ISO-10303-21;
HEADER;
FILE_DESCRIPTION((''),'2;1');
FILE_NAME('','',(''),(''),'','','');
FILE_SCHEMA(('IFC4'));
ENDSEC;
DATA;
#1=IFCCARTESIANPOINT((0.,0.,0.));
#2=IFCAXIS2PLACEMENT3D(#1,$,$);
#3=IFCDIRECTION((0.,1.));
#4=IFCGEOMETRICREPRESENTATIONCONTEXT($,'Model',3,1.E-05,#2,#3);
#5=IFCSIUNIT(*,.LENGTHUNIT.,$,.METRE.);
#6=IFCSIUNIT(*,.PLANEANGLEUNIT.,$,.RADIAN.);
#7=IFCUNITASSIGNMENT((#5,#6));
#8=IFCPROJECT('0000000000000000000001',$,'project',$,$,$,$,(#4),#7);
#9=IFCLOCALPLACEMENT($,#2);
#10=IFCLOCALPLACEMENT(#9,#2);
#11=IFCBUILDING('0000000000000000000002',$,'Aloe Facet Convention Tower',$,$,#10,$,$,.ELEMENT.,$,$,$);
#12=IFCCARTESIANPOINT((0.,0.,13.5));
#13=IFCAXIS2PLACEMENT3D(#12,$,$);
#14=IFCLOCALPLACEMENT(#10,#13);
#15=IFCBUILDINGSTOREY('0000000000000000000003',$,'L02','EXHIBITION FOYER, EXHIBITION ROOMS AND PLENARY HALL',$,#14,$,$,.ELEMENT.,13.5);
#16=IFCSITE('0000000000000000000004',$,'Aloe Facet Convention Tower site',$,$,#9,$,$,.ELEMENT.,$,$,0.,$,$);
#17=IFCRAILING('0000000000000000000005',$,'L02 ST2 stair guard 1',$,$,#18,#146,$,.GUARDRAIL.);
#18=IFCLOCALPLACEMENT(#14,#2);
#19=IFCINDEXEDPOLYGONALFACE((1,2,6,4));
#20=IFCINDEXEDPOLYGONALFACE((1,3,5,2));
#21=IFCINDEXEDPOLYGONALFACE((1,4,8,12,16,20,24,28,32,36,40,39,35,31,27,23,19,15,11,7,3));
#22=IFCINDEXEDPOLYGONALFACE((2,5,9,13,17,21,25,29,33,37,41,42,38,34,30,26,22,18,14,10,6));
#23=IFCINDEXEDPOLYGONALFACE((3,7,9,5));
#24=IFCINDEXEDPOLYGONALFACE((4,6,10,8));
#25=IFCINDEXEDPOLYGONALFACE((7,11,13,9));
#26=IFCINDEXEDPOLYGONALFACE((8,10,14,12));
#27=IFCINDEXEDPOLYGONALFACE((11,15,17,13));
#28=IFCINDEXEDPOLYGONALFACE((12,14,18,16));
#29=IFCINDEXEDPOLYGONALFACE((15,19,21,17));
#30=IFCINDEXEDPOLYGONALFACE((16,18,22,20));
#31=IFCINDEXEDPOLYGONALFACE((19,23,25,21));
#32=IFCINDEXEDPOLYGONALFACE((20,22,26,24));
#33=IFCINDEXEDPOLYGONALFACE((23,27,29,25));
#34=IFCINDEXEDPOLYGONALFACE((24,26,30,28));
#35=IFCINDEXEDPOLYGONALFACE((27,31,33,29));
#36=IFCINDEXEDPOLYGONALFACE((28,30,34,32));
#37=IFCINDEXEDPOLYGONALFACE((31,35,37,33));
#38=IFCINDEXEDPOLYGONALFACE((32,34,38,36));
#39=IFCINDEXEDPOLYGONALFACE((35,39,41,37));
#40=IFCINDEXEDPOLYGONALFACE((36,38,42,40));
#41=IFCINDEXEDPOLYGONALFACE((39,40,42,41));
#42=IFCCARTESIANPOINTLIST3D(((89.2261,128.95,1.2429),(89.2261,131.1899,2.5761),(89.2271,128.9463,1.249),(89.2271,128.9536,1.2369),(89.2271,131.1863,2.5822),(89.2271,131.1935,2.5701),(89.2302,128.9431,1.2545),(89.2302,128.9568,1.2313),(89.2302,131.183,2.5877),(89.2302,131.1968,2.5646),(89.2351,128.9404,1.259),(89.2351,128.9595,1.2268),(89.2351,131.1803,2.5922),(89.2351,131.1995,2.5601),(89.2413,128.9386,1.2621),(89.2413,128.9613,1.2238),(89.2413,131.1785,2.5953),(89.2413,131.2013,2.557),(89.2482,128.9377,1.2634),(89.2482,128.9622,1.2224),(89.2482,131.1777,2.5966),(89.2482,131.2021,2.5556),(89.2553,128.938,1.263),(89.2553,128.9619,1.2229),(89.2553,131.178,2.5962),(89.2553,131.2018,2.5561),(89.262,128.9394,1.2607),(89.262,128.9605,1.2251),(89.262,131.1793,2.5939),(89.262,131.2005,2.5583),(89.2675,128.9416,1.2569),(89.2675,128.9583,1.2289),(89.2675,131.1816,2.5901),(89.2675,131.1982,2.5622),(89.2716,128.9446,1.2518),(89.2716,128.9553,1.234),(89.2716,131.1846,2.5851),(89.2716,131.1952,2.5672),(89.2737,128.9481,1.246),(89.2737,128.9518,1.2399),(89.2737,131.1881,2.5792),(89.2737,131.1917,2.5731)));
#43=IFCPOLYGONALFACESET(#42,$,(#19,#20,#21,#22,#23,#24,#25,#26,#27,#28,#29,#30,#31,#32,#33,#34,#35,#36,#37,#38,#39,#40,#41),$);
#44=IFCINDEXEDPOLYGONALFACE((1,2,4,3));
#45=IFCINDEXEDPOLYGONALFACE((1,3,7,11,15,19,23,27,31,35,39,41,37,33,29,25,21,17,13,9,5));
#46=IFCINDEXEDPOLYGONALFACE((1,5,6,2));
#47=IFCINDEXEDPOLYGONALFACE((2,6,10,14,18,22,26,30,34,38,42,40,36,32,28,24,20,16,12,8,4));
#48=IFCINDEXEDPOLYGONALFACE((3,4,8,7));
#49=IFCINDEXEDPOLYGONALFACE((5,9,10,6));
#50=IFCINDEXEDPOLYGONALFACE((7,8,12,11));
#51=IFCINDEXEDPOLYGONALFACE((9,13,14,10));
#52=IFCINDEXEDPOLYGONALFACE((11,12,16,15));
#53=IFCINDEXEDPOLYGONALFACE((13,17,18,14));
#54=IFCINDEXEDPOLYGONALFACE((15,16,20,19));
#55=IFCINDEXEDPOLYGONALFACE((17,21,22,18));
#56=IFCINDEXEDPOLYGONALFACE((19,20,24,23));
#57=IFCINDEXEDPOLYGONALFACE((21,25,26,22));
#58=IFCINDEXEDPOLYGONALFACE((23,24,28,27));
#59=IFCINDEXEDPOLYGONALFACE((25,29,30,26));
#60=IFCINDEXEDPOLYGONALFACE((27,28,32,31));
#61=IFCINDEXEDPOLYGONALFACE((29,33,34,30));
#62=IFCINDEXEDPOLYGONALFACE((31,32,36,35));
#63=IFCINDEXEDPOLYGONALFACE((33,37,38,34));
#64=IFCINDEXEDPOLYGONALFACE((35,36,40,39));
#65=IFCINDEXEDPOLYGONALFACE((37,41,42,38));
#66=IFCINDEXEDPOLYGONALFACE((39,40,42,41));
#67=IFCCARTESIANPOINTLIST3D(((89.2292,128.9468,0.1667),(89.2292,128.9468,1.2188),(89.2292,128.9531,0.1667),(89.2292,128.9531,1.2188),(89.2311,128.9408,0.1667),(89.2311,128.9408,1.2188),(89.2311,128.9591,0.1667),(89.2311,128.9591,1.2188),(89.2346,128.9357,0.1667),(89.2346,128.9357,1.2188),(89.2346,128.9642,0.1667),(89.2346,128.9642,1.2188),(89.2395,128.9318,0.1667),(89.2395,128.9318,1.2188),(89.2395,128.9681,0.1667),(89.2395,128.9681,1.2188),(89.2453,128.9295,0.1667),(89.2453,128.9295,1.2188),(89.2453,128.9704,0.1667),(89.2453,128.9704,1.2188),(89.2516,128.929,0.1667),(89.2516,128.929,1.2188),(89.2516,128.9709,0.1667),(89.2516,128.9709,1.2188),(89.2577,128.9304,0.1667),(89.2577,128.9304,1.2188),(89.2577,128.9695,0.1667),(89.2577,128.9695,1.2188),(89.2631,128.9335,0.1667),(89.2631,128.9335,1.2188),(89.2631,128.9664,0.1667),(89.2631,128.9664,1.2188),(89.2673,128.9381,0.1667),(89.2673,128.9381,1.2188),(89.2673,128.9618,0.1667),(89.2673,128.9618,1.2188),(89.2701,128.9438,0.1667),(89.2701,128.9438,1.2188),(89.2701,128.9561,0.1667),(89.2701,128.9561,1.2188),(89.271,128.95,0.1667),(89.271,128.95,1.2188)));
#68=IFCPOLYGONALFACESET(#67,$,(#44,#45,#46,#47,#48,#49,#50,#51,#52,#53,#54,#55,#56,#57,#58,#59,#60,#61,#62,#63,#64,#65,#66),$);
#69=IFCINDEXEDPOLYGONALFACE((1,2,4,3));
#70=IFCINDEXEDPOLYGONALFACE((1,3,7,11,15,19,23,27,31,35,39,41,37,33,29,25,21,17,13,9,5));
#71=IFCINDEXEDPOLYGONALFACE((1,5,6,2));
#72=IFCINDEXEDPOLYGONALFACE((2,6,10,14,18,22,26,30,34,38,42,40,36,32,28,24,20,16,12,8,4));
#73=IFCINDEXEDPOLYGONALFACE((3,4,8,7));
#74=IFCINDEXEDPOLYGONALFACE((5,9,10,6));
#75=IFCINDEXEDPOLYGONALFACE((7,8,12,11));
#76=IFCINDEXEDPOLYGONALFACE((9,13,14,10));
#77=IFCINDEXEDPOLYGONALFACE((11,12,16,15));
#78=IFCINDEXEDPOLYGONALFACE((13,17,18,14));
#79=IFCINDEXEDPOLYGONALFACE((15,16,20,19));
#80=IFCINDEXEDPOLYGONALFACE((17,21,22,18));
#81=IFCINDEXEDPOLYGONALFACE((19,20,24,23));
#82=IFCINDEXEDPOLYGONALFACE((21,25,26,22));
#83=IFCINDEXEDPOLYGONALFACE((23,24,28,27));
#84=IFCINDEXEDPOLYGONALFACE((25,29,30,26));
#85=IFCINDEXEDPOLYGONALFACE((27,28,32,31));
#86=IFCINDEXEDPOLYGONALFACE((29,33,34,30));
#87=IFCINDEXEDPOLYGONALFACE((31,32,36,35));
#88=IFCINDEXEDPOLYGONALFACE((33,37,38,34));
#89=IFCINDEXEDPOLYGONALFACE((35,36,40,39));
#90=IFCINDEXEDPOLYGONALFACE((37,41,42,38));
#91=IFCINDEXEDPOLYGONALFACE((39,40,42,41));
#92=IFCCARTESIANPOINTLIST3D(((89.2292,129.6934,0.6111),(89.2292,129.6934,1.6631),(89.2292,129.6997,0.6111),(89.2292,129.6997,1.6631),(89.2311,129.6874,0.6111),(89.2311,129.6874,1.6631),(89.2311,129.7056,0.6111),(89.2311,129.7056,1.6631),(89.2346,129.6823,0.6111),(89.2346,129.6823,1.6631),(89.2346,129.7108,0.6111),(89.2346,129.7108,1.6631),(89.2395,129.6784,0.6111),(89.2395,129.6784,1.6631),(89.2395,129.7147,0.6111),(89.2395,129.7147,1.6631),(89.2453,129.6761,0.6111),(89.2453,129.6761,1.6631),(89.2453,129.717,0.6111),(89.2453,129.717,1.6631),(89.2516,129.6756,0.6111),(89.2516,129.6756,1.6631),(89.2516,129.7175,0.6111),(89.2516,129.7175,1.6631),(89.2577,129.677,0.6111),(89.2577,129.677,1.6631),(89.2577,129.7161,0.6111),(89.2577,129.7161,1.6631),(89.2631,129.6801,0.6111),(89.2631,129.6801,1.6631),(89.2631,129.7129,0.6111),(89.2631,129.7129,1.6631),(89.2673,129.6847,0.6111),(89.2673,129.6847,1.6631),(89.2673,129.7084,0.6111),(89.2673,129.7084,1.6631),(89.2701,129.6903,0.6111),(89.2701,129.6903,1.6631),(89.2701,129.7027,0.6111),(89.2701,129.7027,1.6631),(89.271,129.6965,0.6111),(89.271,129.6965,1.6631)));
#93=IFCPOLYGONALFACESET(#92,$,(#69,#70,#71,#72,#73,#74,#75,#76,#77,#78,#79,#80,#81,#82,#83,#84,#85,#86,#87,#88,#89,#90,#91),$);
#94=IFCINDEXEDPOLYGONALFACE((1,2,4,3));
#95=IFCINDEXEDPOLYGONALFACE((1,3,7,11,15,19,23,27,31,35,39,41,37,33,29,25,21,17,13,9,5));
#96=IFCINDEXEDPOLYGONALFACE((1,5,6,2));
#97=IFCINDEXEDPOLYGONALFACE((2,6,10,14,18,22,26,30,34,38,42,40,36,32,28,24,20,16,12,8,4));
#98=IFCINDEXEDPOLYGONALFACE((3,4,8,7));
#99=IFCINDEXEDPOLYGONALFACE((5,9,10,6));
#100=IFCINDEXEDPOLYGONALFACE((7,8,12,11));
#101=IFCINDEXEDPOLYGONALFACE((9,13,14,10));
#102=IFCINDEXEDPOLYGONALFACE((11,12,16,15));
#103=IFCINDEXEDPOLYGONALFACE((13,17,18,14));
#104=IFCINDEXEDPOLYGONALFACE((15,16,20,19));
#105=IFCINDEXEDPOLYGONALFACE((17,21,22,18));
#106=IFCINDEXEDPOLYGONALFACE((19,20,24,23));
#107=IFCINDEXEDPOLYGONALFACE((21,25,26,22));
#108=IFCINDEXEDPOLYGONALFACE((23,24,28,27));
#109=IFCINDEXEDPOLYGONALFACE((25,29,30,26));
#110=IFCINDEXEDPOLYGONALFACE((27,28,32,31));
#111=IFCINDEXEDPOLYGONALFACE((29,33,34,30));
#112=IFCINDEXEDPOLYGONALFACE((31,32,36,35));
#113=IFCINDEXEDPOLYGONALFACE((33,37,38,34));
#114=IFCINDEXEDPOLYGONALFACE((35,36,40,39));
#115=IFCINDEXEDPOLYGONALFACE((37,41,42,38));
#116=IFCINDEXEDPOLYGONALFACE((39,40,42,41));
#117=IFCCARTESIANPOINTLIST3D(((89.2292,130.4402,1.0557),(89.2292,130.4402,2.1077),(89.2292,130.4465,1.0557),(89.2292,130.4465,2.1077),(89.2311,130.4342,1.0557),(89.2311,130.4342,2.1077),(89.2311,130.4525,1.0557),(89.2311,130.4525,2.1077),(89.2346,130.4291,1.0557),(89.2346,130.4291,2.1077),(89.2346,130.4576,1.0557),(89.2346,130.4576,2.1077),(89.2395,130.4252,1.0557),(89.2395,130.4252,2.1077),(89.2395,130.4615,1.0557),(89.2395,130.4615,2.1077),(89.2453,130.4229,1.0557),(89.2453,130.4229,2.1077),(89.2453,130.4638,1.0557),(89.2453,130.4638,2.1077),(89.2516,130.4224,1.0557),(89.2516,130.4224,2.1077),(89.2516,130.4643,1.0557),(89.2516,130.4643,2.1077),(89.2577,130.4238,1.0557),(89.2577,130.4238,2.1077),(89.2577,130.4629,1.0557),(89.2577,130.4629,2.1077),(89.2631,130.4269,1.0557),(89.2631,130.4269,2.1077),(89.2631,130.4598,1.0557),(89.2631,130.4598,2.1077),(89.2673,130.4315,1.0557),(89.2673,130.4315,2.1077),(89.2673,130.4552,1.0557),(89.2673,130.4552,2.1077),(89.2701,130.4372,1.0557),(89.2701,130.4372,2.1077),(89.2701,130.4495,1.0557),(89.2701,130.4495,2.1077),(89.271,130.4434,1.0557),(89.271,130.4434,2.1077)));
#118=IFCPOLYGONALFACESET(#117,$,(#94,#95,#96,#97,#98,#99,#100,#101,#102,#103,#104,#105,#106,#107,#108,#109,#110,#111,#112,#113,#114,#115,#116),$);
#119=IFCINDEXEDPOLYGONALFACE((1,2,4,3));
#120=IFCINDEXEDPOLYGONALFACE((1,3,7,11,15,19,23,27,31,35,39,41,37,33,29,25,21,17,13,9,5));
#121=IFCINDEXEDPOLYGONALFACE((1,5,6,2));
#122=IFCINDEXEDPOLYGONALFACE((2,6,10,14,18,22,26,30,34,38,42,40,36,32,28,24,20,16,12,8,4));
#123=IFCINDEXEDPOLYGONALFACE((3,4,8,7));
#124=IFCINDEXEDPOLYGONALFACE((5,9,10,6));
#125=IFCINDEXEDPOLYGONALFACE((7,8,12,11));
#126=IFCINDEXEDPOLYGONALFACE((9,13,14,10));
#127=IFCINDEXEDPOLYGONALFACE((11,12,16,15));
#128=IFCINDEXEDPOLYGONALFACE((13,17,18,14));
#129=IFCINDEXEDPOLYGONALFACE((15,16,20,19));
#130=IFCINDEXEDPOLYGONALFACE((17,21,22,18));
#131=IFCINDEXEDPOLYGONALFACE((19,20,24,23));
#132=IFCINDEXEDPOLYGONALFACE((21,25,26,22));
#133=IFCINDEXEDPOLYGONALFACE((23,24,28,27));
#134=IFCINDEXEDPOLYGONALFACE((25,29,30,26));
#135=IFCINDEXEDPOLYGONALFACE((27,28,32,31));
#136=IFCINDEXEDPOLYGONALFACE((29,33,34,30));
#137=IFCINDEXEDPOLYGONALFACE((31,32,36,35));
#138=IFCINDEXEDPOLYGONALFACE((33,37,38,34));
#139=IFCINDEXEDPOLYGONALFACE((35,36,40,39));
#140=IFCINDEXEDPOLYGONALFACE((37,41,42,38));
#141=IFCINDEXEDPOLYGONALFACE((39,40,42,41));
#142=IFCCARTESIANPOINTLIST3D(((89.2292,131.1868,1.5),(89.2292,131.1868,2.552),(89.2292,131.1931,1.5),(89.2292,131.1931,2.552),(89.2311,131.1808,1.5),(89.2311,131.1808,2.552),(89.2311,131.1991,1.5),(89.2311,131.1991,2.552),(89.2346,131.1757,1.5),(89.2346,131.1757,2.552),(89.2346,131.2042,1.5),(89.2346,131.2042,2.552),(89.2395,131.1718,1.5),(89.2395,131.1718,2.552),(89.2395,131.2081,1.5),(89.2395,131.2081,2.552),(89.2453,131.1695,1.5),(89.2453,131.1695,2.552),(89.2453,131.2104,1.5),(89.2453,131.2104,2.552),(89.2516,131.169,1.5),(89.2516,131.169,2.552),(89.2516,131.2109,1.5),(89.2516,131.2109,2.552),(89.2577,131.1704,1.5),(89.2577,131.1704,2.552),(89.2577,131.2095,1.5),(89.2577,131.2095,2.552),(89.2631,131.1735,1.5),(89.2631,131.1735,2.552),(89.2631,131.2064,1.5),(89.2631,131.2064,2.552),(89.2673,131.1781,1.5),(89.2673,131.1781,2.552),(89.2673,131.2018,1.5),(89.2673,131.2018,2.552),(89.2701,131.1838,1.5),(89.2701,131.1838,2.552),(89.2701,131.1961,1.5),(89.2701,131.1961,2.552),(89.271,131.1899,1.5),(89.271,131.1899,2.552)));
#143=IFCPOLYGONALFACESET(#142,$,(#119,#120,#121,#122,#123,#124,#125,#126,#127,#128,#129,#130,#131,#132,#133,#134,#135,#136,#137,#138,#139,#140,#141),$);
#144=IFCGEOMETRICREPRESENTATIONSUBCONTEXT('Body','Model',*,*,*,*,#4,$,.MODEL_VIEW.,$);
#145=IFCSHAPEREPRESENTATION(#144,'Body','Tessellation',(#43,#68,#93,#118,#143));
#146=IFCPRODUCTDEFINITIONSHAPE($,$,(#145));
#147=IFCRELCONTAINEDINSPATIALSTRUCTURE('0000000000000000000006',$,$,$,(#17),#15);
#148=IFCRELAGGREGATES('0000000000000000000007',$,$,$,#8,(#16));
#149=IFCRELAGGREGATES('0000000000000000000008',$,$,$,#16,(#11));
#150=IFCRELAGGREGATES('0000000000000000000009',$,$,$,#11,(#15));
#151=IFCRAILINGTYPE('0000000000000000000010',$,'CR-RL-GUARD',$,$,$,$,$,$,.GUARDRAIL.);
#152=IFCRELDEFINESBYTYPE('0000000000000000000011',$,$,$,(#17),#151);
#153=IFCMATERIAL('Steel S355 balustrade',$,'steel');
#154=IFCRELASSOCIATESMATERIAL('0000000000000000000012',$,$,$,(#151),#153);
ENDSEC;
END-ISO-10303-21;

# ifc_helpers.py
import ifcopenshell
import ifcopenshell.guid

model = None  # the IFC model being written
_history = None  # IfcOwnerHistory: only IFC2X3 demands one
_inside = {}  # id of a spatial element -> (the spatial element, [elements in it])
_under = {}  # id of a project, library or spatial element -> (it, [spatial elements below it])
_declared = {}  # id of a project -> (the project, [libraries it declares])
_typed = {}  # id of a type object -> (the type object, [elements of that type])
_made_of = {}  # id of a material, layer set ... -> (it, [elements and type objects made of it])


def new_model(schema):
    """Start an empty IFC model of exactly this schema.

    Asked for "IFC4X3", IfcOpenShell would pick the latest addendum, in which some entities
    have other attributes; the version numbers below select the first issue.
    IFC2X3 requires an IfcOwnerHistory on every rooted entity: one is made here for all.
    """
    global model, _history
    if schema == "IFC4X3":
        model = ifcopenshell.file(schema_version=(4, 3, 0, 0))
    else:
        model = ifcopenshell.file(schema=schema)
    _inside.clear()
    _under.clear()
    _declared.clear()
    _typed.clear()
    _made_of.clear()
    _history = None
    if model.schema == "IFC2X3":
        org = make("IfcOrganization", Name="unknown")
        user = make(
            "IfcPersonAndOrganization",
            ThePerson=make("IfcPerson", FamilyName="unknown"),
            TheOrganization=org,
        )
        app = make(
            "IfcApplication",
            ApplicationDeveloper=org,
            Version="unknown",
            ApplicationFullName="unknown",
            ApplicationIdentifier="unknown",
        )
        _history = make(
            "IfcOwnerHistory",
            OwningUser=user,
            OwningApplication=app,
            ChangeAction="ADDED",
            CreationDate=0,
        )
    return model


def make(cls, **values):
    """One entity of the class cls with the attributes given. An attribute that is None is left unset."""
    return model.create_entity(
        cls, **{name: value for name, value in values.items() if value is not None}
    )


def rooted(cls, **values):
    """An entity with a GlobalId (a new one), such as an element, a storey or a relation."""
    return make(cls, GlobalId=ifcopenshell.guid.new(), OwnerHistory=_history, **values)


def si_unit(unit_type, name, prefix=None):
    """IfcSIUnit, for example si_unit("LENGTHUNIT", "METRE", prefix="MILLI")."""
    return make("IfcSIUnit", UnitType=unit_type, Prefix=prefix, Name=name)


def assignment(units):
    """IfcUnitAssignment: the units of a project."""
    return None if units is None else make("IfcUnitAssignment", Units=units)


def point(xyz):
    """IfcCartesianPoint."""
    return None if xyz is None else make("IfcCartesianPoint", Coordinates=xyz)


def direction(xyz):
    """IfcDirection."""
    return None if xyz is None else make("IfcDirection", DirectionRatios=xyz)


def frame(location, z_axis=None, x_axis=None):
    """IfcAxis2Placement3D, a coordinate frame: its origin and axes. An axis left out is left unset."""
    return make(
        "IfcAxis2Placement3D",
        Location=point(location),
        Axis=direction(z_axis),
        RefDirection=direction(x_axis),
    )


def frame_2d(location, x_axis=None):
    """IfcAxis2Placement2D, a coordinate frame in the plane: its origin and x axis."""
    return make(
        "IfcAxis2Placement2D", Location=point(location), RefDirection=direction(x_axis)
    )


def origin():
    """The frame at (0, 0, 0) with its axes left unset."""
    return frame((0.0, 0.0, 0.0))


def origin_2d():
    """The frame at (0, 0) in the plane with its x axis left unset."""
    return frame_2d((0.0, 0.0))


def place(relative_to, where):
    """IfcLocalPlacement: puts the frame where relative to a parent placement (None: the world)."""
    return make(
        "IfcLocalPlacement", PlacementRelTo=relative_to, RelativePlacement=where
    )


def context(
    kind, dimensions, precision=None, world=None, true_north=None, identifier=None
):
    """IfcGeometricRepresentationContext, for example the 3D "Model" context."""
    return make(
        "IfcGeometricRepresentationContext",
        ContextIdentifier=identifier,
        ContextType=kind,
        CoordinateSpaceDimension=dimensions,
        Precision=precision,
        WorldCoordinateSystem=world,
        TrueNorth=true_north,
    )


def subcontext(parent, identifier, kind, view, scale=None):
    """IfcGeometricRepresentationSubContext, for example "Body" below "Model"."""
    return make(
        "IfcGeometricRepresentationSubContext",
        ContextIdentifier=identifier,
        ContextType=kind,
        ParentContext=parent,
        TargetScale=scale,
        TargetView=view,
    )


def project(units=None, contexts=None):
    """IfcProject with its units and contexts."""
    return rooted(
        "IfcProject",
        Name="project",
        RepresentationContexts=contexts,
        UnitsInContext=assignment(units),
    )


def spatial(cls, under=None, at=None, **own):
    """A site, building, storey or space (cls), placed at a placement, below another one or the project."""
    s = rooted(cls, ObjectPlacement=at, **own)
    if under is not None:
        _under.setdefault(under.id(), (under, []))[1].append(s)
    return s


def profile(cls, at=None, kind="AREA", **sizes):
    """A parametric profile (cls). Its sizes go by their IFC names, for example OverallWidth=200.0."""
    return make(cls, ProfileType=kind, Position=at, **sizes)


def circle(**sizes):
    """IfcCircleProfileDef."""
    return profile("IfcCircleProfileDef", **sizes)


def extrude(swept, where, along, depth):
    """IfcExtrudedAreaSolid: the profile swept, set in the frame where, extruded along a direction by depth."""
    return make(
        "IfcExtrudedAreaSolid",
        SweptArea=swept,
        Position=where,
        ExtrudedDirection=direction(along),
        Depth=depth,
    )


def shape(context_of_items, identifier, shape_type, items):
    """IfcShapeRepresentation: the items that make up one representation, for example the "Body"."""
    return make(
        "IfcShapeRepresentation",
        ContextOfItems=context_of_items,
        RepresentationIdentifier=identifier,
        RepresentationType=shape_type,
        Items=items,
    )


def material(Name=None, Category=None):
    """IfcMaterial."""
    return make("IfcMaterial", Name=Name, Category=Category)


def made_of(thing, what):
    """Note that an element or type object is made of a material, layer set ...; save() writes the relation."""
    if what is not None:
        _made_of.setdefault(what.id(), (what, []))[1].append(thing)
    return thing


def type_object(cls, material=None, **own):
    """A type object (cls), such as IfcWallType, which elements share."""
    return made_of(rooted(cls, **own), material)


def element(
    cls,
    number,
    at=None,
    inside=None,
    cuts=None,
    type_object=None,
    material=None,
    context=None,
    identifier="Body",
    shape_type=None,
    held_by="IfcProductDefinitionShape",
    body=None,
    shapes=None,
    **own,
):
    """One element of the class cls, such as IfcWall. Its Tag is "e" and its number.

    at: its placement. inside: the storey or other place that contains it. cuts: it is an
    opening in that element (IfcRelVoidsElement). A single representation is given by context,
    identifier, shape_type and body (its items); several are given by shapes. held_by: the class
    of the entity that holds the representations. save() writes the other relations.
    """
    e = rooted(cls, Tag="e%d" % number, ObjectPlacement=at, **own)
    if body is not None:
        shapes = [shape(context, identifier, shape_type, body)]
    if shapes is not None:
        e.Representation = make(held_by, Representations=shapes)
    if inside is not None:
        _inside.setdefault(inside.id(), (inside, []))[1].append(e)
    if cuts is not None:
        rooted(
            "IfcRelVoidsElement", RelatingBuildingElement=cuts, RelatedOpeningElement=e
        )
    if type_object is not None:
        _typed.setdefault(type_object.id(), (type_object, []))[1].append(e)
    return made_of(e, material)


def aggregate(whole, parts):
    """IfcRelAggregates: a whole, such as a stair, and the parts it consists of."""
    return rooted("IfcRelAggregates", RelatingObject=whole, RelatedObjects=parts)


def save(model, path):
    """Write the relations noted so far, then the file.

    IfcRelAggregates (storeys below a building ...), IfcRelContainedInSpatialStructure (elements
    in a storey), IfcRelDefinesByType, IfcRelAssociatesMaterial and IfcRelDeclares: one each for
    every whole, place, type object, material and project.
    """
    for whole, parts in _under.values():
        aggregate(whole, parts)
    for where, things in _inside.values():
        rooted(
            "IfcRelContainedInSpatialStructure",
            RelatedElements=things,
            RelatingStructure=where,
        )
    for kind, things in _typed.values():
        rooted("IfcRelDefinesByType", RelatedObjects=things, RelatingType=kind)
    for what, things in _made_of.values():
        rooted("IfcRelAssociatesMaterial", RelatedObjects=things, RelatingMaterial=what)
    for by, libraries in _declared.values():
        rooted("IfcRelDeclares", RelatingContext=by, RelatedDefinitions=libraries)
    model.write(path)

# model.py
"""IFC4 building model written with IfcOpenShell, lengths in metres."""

from ifc_helpers import new_model, si_unit, direction, frame, origin, origin_2d, place, context, subcontext, project, spatial, circle, extrude, material, type_object, element, save


model = new_model("IFC4")

# Units and contexts
model_context = context("Model", 3, precision=1e-05, world=origin(), true_north=direction((0.0, 1.0)))
body_context = subcontext(model_context, "Body", "Model", "MODEL_VIEW")
ifc_project = project(units=[si_unit("LENGTHUNIT", "METRE"), si_unit("PLANEANGLEUNIT", "RADIAN")], contexts=[model_context])

# Site, building, storey
site_placement = place(None, origin())
site = spatial("IfcSite", under=ifc_project, at=site_placement, Name="Aloe Facet Convention Tower site", CompositionType="ELEMENT", RefElevation=0.0)
building_placement = place(site_placement, origin())
building = spatial("IfcBuilding", under=site, at=building_placement, Name="Aloe Facet Convention Tower", CompositionType="ELEMENT")
storey_placement = place(building_placement, frame((0.0, 0.0, 13.5)))
storey = spatial("IfcBuildingStorey", under=building, at=storey_placement, Name="L02", Description="EXHIBITION FOYER, EXHIBITION ROOMS AND PLENARY HALL", CompositionType="ELEMENT", Elevation=13.5)

# Railing
ifc_material_1 = material(Name="Steel S355 balustrade", Category="steel")
railing_type_1 = type_object("IfcRailingType", Name="CR-RL-GUARD", PredefinedType="GUARDRAIL", material=ifc_material_1)
railing_1_placement = place(storey_placement, frame((89.25, 128.95, 0.1667)))
element("IfcRailing", 1, at=railing_1_placement, inside=storey, type_object=railing_type_1, Name="L02 ST2 stair guard 1", PredefinedType="GUARDRAIL", context=body_context, shape_type="SweptSolid", body=[
    extrude(circle(Radius=0.0239, at=origin_2d()), frame((0.0, 0.0, 1.0762), z_axis=(0.0, 0.859306, 0.511462), x_axis=(-1.0, 0.0, 0.0)), (0.0, 0.0, 1.0), 2.6067),
    extrude(circle(Radius=0.021, at=origin_2d()), origin(), (0.0, 0.0, 1.0), 1.052),
    extrude(circle(Radius=0.021, at=origin_2d()), frame((0.0, 0.7466, 0.4443)), (0.0, 0.0, 1.0), 1.052),
    extrude(circle(Radius=0.021, at=origin_2d()), frame((0.0, 1.4934, 0.8889)), (0.0, 0.0, 1.0), 1.052),
    extrude(circle(Radius=0.021, at=origin_2d()), frame((0.0, 2.24, 1.3333)), (0.0, 0.0, 1.0), 1.052),
])

save(model, "model.ifc")
